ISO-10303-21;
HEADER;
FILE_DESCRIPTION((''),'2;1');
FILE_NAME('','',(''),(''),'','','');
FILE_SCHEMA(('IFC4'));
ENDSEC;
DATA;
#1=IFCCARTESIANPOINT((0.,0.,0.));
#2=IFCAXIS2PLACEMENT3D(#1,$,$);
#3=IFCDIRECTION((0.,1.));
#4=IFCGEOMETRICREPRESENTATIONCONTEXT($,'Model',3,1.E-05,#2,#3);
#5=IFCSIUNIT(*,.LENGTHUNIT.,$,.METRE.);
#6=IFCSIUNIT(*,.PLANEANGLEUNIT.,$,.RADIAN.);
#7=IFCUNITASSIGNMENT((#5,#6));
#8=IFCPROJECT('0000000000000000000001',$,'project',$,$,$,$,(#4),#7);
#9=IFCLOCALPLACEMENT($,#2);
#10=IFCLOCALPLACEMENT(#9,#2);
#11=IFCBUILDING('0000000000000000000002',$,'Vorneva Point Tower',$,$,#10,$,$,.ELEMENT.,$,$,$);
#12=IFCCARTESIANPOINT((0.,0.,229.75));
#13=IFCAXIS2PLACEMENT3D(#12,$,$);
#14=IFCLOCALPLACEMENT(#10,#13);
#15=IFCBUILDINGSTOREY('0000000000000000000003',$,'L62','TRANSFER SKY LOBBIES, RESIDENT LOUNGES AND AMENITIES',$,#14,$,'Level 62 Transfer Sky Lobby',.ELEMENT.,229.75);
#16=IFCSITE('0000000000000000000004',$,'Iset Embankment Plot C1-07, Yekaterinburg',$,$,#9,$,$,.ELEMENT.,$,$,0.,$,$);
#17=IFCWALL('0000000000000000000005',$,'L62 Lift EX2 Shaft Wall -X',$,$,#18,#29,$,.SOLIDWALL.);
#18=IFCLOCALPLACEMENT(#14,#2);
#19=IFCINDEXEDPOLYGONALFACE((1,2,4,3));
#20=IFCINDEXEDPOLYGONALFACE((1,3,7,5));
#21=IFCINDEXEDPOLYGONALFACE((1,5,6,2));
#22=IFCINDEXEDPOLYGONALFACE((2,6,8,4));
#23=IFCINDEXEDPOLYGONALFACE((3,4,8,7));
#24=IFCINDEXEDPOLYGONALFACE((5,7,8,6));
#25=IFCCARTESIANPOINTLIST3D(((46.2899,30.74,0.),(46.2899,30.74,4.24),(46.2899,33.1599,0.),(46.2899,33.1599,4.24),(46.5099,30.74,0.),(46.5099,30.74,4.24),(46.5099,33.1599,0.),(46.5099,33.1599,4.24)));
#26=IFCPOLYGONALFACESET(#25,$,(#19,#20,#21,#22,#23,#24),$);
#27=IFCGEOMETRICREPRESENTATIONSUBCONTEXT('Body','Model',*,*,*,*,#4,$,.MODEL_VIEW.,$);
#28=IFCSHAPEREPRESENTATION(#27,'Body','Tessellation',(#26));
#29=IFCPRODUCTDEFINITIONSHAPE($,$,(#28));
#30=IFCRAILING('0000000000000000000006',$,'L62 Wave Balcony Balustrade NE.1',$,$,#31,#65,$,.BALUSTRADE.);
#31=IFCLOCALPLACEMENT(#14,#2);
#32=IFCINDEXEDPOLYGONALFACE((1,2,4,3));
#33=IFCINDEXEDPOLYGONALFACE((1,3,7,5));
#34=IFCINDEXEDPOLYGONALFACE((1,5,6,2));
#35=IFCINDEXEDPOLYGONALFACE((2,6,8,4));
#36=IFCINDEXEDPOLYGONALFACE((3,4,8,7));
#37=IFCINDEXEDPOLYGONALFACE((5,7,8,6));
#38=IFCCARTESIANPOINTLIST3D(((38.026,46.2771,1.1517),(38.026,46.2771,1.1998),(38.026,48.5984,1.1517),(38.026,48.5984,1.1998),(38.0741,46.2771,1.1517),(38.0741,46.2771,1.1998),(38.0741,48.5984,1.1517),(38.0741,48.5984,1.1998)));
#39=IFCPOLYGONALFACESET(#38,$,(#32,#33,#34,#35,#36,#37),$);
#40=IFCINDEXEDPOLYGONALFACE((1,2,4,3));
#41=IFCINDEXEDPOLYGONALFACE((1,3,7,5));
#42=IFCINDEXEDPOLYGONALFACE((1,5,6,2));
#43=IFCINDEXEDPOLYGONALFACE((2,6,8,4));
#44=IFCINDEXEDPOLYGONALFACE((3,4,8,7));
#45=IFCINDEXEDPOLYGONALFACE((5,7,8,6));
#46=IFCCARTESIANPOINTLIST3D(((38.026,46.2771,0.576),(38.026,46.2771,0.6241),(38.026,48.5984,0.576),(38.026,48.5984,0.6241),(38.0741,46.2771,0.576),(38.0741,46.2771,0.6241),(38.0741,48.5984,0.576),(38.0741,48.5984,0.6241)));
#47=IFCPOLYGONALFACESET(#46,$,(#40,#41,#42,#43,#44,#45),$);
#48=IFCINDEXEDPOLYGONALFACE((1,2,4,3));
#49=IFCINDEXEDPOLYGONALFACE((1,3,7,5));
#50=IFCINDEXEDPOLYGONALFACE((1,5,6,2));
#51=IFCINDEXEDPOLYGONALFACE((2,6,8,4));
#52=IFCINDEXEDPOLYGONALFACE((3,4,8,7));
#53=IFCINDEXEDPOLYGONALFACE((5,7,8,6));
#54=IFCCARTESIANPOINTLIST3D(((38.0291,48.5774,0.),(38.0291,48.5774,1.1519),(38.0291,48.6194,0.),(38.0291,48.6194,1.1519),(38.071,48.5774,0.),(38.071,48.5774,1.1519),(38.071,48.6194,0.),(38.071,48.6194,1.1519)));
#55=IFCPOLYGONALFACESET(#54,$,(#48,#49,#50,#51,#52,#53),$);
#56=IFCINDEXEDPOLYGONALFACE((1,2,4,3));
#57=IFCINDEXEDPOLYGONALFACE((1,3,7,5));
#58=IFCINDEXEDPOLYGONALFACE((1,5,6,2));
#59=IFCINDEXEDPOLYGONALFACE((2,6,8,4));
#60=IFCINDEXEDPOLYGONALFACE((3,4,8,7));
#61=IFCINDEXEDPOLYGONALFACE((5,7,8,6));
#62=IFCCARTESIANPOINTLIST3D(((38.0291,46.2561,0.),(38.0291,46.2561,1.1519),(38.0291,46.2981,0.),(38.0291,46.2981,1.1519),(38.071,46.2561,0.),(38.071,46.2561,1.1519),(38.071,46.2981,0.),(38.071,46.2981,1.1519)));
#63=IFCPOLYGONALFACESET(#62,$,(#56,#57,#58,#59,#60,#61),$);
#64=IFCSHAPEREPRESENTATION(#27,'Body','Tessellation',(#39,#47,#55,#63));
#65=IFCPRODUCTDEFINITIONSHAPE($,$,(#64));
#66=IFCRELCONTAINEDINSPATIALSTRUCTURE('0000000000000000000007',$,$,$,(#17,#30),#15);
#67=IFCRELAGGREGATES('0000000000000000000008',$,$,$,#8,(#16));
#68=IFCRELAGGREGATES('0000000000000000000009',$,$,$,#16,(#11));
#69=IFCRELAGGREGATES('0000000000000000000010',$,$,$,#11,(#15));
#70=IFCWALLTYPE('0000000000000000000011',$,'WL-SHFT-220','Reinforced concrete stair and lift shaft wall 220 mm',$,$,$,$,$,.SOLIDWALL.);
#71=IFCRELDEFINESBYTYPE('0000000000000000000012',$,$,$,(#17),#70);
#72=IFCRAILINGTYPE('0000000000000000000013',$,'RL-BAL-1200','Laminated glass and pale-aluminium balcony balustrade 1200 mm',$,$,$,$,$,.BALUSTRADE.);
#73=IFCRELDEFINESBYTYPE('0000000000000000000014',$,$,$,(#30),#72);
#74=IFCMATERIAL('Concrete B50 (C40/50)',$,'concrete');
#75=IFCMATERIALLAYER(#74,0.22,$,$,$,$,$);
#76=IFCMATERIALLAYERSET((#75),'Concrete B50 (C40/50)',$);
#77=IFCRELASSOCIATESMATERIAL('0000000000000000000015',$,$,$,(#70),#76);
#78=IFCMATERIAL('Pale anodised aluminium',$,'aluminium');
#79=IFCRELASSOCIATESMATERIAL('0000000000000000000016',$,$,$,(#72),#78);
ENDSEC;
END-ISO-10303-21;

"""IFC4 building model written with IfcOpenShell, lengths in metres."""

from ifc_helpers import new_model, si_unit, direction, frame, frame_2d, origin, origin_2d, place, context, subcontext, project, spatial, rectangle, extrude, material, layer, layer_set, type_object, element, save


model = new_model("IFC4")

# Units and contexts
model_context = context("Model", 3, precision=1e-05, world=origin(), true_north=direction((0.0, 1.0)))
body_context = subcontext(model_context, "Body", "Model", "MODEL_VIEW")
ifc_project = project(units=[si_unit("LENGTHUNIT", "METRE"), si_unit("PLANEANGLEUNIT", "RADIAN")], contexts=[model_context])

# Site, building, storey
site_placement = place(None, origin())
site = spatial("IfcSite", under=ifc_project, at=site_placement, Name="Iset Embankment Plot C1-07, Yekaterinburg", CompositionType="ELEMENT", RefElevation=0.0)
building_placement = place(site_placement, origin())
building = spatial("IfcBuilding", under=site, at=building_placement, Name="Vorneva Point Tower", CompositionType="ELEMENT")
storey_placement = place(building_placement, frame((0.0, 0.0, 229.75)))
storey = spatial("IfcBuildingStorey", under=building, at=storey_placement, Name="L62", Description="TRANSFER SKY LOBBIES, RESIDENT LOUNGES AND AMENITIES", LongName="Level 62 Transfer Sky Lobby", CompositionType="ELEMENT", Elevation=229.75)

# Shared definitions
ifc_material_1 = material(Name="Concrete B50 (C40/50)", Category="concrete")

# Shared definitions
ifc_material_2 = material(Name="Pale anodised aluminium", Category="aluminium")

# Shared definitions
ifc_layer_1 = layer(ifc_material_1, 0.22)
ifc_layer_set_1 = layer_set([ifc_layer_1], Name="Concrete B50 (C40/50)")
wall_type_1 = type_object("IfcWallType", Name="WL-SHFT-220", Description="Reinforced concrete stair and lift shaft wall 220 mm", PredefinedType="SOLIDWALL", material=ifc_layer_set_1)

# Wall
wall_1_placement = place(storey_placement, frame((46.3999, 33.1599, 0.0), z_axis=(0.0, 0.0, 1.0), x_axis=(0.0, -1.0, 0.0)))
element("IfcWall", 1, at=wall_1_placement, inside=storey, type_object=wall_type_1, Name="L62 Lift EX2 Shaft Wall -X", PredefinedType="SOLIDWALL", context=body_context, shape_type="SweptSolid", body=[
    extrude(rectangle(XDim=2.4199, YDim=0.22, at=frame_2d((1.21, 0.0))), origin(), (0.0, 0.0, 1.0), 4.24),
])

# Railing
railing_type = type_object("IfcRailingType", Name="RL-BAL-1200", Description="Laminated glass and pale-aluminium balcony balustrade 1200 mm", PredefinedType="BALUSTRADE", material=ifc_material_2)
railing_placement = place(storey_placement, frame((38.05, 48.5984, 0.0)))
element("IfcRailing", 2, at=railing_placement, inside=storey, type_object=railing_type, Name="L62 Wave Balcony Balustrade NE.1", PredefinedType="BALUSTRADE", context=body_context, shape_type="SweptSolid", body=[
    extrude(rectangle(XDim=0.0481, YDim=0.0481, at=origin_2d()), frame((0.0, 0.0, 1.1758), z_axis=(0.0, -1.0, 0.0), x_axis=(1.0, 0.0, 0.0)), (0.0, 0.0, 1.0), 2.3213),
    extrude(rectangle(XDim=0.0481, YDim=0.0481, at=origin_2d()), frame((0.0, 0.0, 0.6001), z_axis=(0.0, -1.0, 0.0), x_axis=(1.0, 0.0, 0.0)), (0.0, 0.0, 1.0), 2.3213),
    extrude(rectangle(XDim=0.042, YDim=0.042, at=origin_2d()), origin(), (0.0, 0.0, 1.0), 1.1519),
    extrude(rectangle(XDim=0.042, YDim=0.042, at=origin_2d()), frame((0.0, -2.3213, 0.0)), (0.0, 0.0, 1.0), 1.1519),
])

save(model, "model.ifc")
